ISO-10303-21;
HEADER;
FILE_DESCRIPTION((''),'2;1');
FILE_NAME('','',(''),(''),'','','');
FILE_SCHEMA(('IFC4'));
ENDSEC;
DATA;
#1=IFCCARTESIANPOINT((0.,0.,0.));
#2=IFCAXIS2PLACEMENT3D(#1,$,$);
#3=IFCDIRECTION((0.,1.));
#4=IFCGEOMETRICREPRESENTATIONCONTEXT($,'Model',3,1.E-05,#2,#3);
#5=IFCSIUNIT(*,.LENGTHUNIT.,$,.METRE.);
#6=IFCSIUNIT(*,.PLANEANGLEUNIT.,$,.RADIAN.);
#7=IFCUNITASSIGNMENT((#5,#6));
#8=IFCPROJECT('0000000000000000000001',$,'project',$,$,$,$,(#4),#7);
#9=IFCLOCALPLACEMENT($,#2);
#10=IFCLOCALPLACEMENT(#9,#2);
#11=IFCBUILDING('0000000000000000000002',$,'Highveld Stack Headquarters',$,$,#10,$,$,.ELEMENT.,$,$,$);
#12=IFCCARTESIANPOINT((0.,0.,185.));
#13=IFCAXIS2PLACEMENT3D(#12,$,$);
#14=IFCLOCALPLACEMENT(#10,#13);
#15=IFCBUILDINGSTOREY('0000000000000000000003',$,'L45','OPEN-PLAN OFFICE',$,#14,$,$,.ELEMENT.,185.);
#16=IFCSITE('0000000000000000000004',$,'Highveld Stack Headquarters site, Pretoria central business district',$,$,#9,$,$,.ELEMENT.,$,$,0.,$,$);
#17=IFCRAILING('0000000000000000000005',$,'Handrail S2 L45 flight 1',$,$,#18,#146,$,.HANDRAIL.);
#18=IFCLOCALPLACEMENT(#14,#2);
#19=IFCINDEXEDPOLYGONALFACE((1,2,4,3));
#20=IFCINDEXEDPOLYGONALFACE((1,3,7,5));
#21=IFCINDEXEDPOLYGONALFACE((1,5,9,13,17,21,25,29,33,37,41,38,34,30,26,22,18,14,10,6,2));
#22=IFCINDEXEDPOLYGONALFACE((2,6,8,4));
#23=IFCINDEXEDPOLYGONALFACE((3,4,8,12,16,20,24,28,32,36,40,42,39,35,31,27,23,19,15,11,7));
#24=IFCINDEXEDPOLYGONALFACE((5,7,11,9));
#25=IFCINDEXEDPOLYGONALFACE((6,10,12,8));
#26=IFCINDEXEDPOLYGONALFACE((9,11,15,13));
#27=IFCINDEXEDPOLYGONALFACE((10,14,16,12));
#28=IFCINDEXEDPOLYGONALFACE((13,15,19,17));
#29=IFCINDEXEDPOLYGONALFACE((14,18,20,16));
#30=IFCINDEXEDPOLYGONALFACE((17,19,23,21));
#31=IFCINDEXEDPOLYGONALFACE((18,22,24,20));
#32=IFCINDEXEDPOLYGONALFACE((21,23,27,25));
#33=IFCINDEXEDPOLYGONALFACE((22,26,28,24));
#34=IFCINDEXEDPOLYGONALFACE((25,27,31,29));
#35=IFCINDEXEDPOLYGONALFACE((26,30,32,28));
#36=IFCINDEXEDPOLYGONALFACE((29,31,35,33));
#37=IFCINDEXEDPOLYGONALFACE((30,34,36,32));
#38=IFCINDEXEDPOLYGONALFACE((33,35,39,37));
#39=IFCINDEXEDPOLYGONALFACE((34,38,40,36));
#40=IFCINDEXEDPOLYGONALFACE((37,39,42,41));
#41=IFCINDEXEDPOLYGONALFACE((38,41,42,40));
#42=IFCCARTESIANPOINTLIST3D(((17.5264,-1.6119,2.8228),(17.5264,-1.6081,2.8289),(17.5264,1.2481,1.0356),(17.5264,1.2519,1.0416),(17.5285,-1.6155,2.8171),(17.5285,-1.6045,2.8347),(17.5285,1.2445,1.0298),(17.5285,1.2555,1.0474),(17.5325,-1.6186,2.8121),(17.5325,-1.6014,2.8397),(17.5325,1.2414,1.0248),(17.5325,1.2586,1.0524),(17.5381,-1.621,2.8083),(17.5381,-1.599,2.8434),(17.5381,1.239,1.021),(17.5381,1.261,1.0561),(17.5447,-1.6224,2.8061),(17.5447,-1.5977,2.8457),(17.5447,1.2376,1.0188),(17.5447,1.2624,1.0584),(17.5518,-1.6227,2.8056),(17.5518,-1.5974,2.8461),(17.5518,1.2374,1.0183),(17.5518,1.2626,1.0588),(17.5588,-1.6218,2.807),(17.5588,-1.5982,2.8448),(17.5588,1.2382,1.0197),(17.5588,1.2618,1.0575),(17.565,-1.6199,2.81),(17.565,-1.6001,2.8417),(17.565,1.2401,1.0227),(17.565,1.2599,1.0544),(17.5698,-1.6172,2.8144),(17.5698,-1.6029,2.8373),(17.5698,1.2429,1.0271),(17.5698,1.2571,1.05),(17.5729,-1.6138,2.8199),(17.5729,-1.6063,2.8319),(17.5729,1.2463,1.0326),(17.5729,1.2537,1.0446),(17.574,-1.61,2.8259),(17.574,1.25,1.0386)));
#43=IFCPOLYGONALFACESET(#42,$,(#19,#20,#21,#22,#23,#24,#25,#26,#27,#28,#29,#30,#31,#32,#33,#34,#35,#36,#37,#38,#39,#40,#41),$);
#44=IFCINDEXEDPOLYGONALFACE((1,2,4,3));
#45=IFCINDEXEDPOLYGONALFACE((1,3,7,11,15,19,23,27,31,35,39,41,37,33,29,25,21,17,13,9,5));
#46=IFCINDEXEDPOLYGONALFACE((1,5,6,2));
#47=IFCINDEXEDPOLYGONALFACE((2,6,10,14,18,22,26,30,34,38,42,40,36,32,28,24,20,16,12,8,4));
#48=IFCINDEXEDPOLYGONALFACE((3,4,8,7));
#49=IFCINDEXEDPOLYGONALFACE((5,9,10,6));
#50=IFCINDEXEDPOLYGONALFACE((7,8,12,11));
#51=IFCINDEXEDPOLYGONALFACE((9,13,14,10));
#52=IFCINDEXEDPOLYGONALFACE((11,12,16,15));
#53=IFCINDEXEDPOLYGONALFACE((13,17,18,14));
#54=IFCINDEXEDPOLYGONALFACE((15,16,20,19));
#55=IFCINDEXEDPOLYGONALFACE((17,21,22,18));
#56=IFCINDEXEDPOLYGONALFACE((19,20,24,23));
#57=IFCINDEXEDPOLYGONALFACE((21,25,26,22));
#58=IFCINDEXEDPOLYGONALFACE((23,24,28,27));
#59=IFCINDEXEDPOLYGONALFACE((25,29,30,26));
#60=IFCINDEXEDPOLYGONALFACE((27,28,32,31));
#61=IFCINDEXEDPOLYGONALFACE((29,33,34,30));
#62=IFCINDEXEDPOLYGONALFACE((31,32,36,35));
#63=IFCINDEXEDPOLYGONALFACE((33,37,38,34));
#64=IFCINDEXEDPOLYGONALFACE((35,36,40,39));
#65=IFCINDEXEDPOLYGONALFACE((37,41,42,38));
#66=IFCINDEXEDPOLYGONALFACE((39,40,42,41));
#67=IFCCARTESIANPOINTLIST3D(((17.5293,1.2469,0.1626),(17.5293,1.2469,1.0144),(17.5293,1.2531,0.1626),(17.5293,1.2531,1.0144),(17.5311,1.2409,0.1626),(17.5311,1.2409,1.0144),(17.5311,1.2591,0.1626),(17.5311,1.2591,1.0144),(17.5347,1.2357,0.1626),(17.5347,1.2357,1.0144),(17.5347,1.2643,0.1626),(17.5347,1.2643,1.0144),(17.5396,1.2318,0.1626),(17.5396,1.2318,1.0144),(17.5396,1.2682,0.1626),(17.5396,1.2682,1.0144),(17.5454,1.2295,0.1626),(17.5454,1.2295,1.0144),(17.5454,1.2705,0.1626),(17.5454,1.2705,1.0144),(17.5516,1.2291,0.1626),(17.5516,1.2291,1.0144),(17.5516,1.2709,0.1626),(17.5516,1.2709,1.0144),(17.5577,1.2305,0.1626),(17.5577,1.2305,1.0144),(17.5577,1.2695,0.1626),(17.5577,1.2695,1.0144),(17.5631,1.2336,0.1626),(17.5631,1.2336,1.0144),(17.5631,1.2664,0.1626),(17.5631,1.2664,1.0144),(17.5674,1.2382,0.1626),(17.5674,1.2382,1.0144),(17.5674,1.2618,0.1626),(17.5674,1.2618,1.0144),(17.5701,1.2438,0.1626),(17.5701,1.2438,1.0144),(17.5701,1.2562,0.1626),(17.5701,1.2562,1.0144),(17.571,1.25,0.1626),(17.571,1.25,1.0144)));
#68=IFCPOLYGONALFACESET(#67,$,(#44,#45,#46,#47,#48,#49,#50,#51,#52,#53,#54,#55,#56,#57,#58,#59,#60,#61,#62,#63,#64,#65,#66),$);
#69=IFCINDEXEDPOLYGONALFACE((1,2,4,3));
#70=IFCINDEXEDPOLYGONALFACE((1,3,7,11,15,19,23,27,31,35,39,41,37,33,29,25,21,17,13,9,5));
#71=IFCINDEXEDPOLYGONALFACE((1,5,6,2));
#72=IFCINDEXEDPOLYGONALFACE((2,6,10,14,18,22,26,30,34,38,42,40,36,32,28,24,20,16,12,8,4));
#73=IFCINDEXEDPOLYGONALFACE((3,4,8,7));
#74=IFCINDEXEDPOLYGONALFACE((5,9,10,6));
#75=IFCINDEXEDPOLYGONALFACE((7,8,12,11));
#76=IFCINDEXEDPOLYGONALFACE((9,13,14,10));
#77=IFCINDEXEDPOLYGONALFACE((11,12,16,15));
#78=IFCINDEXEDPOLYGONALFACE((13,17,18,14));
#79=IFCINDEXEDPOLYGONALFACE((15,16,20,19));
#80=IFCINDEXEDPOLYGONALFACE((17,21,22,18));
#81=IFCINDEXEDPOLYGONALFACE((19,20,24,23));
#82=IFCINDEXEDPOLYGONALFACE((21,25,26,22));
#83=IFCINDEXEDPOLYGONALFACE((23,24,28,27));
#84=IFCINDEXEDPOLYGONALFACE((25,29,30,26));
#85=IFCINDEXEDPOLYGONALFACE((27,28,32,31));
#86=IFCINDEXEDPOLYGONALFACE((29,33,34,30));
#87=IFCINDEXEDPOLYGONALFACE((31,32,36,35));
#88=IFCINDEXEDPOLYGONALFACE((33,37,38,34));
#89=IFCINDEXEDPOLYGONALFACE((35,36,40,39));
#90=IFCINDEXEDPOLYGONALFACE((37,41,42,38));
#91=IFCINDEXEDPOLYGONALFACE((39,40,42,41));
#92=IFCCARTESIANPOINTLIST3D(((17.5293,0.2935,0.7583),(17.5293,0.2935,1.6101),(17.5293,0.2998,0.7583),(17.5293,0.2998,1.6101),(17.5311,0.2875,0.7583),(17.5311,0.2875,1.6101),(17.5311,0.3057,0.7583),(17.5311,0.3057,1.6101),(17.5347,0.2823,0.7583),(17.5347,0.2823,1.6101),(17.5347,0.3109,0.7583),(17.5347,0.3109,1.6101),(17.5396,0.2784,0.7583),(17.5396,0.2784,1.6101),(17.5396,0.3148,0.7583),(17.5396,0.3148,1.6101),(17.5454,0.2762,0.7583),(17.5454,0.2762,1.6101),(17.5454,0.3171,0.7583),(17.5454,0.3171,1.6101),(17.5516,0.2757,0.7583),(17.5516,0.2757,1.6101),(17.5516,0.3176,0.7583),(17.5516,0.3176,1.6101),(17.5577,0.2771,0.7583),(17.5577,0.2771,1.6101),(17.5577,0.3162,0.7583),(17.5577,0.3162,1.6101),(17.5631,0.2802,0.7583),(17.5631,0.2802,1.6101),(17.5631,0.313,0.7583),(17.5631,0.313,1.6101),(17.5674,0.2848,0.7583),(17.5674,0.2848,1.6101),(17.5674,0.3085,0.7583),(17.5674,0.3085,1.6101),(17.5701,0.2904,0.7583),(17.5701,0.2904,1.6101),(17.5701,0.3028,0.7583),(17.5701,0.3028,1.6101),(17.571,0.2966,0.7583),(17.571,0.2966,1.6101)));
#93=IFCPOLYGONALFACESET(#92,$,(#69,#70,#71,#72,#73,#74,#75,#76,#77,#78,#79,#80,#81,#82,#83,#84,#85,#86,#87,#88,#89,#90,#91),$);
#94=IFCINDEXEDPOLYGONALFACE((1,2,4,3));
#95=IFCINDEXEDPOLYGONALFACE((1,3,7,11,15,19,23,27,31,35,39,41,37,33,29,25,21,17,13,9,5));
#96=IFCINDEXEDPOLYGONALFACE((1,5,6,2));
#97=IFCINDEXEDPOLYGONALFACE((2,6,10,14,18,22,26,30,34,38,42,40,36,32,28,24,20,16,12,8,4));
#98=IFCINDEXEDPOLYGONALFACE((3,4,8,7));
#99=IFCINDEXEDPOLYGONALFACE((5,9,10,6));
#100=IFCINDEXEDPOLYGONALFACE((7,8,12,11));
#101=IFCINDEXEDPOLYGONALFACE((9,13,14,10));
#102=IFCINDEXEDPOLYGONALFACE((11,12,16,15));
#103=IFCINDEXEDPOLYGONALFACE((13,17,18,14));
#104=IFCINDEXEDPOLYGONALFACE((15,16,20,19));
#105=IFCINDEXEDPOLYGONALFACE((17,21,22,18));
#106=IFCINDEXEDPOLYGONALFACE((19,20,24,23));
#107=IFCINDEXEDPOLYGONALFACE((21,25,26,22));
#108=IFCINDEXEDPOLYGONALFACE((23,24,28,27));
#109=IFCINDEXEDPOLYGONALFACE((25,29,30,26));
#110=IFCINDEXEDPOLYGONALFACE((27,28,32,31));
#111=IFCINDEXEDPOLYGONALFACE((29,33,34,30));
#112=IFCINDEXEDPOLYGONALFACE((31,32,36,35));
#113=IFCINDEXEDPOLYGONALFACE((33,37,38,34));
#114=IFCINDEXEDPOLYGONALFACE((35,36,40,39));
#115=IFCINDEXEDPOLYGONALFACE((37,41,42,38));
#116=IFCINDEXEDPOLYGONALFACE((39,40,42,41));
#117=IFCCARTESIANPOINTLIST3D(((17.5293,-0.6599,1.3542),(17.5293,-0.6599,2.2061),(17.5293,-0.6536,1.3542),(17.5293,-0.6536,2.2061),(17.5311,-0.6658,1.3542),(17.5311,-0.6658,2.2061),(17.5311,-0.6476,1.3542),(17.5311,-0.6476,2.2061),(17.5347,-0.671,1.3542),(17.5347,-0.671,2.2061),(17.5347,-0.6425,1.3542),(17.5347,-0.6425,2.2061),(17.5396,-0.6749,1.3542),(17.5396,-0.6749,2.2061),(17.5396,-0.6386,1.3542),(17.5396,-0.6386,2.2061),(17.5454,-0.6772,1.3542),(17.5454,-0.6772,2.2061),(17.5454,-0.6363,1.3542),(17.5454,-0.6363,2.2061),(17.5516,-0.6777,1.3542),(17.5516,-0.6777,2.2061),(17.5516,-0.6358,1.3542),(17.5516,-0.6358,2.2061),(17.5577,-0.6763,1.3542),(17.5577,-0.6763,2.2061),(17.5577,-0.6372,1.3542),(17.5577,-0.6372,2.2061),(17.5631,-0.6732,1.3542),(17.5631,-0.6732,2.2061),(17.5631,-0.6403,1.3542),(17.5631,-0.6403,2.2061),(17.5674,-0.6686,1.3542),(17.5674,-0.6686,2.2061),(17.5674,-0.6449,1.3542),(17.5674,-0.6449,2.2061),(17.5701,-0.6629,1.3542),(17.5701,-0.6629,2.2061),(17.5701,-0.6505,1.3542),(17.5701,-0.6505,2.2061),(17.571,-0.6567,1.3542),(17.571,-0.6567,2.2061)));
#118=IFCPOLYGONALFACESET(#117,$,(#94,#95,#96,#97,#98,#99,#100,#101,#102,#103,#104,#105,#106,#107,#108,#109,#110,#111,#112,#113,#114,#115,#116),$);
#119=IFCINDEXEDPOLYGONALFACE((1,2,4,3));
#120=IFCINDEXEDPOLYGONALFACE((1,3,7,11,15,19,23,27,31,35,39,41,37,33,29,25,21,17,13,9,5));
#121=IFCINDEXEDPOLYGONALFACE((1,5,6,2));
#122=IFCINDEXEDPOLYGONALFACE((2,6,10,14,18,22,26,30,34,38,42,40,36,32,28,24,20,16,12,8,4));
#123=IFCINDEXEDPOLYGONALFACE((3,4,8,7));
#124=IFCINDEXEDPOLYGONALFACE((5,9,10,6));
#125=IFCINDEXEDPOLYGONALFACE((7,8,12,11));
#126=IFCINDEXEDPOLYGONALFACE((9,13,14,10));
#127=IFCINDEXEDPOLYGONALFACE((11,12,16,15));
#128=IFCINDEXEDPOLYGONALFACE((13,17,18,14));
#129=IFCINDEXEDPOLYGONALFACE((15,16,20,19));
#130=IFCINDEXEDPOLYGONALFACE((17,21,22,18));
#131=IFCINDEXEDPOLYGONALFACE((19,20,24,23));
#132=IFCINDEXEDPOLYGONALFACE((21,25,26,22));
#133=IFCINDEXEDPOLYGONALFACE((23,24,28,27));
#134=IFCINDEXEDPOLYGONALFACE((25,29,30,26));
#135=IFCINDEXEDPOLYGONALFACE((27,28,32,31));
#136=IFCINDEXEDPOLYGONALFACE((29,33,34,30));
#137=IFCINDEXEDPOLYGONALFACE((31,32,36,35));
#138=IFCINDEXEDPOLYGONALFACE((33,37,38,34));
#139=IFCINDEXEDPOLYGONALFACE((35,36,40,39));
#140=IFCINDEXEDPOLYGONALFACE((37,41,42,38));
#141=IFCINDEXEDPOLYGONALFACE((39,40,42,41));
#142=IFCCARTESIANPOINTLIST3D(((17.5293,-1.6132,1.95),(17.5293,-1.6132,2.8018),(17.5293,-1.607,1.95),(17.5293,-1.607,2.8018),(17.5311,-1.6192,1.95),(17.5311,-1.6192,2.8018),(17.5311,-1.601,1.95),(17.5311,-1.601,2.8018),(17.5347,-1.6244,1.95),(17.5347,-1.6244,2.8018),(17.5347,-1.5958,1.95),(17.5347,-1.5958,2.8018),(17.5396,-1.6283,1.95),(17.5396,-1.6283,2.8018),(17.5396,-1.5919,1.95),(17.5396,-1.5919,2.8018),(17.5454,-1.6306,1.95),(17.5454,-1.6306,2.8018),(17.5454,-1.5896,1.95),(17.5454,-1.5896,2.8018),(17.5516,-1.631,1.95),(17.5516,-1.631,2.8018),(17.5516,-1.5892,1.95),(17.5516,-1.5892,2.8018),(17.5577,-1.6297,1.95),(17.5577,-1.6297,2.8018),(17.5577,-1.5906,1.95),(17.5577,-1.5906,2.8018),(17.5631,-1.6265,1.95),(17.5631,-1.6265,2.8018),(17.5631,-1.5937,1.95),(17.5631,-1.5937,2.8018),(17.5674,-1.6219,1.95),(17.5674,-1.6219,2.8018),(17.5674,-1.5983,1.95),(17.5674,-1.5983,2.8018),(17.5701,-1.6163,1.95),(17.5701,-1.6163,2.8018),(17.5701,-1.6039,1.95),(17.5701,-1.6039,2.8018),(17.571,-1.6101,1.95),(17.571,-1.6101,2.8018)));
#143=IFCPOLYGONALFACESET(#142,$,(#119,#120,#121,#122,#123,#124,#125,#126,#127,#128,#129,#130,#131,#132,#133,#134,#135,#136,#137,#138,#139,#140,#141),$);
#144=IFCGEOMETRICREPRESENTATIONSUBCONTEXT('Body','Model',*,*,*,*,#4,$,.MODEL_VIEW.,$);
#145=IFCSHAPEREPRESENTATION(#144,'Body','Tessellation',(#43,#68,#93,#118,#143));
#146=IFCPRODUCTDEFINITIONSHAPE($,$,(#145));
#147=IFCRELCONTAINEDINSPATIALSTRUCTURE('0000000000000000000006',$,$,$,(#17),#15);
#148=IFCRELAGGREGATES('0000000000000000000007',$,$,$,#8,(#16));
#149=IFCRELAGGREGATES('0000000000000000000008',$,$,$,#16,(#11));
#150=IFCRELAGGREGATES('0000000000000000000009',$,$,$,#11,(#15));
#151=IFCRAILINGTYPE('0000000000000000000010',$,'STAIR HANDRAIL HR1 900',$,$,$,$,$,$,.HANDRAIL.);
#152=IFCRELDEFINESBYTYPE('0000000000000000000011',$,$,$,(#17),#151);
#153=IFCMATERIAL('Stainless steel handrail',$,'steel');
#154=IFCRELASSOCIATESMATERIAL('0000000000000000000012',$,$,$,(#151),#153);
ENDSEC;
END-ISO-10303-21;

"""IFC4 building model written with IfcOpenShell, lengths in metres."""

from ifc_helpers import new_model, si_unit, direction, frame, origin, origin_2d, place, context, subcontext, project, spatial, circle, extrude, material, type_object, element, save


model = new_model("IFC4")

# Units and contexts
model_context = context("Model", 3, precision=1e-05, world=origin(), true_north=direction((0.0, 1.0)))
body_context = subcontext(model_context, "Body", "Model", "MODEL_VIEW")
ifc_project = project(units=[si_unit("LENGTHUNIT", "METRE"), si_unit("PLANEANGLEUNIT", "RADIAN")], contexts=[model_context])

# Site, building, storey
site_placement = place(None, origin())
site = spatial("IfcSite", under=ifc_project, at=site_placement, Name="Highveld Stack Headquarters site, Pretoria central business district", CompositionType="ELEMENT", RefElevation=0.0)
building_placement = place(site_placement, origin())
building = spatial("IfcBuilding", under=site, at=building_placement, Name="Highveld Stack Headquarters", CompositionType="ELEMENT")
storey_placement = place(building_placement, frame((0.0, 0.0, 185.0)))
storey = spatial("IfcBuildingStorey", under=building, at=storey_placement, Name="L45", Description="OPEN-PLAN OFFICE", CompositionType="ELEMENT", Elevation=185.0)

# Railing
ifc_material_1 = material(Name="Stainless steel handrail", Category="steel")
railing_type = type_object("IfcRailingType", Name="STAIR HANDRAIL HR1 900", PredefinedType="HANDRAIL", material=ifc_material_1)
for number, where, name in (
    (1, (17.55, 1.25, 0.1626), "Handrail S2 L45 flight 1"),
):
    element("IfcRailing", number, at=place(storey_placement, frame(where)), inside=storey, type_object=railing_type, Name=name, PredefinedType="HANDRAIL", context=body_context, shape_type="SweptSolid", body=[
        extrude(circle(Radius=0.0239, at=origin_2d()), frame((0.0, 0.0, 0.876), z_axis=(0.0, -0.848027, 0.529953), x_axis=(1.0, 0.0, 0.0)), (0.0, 0.0, 1.0), 3.3726),
        extrude(circle(Radius=0.021, at=origin_2d()), origin(), (0.0, 0.0, 1.0), 0.8518),
        extrude(circle(Radius=0.021, at=origin_2d()), frame((0.0, -0.9534, 0.5957)), (0.0, 0.0, 1.0), 0.8518),
        extrude(circle(Radius=0.021, at=origin_2d()), frame((0.0, -1.9067, 1.1917)), (0.0, 0.0, 1.0), 0.8518),
        extrude(circle(Radius=0.021, at=origin_2d()), frame((0.0, -2.8601, 1.7874)), (0.0, 0.0, 1.0), 0.8518),
    ])

save(model, "model.ifc")
